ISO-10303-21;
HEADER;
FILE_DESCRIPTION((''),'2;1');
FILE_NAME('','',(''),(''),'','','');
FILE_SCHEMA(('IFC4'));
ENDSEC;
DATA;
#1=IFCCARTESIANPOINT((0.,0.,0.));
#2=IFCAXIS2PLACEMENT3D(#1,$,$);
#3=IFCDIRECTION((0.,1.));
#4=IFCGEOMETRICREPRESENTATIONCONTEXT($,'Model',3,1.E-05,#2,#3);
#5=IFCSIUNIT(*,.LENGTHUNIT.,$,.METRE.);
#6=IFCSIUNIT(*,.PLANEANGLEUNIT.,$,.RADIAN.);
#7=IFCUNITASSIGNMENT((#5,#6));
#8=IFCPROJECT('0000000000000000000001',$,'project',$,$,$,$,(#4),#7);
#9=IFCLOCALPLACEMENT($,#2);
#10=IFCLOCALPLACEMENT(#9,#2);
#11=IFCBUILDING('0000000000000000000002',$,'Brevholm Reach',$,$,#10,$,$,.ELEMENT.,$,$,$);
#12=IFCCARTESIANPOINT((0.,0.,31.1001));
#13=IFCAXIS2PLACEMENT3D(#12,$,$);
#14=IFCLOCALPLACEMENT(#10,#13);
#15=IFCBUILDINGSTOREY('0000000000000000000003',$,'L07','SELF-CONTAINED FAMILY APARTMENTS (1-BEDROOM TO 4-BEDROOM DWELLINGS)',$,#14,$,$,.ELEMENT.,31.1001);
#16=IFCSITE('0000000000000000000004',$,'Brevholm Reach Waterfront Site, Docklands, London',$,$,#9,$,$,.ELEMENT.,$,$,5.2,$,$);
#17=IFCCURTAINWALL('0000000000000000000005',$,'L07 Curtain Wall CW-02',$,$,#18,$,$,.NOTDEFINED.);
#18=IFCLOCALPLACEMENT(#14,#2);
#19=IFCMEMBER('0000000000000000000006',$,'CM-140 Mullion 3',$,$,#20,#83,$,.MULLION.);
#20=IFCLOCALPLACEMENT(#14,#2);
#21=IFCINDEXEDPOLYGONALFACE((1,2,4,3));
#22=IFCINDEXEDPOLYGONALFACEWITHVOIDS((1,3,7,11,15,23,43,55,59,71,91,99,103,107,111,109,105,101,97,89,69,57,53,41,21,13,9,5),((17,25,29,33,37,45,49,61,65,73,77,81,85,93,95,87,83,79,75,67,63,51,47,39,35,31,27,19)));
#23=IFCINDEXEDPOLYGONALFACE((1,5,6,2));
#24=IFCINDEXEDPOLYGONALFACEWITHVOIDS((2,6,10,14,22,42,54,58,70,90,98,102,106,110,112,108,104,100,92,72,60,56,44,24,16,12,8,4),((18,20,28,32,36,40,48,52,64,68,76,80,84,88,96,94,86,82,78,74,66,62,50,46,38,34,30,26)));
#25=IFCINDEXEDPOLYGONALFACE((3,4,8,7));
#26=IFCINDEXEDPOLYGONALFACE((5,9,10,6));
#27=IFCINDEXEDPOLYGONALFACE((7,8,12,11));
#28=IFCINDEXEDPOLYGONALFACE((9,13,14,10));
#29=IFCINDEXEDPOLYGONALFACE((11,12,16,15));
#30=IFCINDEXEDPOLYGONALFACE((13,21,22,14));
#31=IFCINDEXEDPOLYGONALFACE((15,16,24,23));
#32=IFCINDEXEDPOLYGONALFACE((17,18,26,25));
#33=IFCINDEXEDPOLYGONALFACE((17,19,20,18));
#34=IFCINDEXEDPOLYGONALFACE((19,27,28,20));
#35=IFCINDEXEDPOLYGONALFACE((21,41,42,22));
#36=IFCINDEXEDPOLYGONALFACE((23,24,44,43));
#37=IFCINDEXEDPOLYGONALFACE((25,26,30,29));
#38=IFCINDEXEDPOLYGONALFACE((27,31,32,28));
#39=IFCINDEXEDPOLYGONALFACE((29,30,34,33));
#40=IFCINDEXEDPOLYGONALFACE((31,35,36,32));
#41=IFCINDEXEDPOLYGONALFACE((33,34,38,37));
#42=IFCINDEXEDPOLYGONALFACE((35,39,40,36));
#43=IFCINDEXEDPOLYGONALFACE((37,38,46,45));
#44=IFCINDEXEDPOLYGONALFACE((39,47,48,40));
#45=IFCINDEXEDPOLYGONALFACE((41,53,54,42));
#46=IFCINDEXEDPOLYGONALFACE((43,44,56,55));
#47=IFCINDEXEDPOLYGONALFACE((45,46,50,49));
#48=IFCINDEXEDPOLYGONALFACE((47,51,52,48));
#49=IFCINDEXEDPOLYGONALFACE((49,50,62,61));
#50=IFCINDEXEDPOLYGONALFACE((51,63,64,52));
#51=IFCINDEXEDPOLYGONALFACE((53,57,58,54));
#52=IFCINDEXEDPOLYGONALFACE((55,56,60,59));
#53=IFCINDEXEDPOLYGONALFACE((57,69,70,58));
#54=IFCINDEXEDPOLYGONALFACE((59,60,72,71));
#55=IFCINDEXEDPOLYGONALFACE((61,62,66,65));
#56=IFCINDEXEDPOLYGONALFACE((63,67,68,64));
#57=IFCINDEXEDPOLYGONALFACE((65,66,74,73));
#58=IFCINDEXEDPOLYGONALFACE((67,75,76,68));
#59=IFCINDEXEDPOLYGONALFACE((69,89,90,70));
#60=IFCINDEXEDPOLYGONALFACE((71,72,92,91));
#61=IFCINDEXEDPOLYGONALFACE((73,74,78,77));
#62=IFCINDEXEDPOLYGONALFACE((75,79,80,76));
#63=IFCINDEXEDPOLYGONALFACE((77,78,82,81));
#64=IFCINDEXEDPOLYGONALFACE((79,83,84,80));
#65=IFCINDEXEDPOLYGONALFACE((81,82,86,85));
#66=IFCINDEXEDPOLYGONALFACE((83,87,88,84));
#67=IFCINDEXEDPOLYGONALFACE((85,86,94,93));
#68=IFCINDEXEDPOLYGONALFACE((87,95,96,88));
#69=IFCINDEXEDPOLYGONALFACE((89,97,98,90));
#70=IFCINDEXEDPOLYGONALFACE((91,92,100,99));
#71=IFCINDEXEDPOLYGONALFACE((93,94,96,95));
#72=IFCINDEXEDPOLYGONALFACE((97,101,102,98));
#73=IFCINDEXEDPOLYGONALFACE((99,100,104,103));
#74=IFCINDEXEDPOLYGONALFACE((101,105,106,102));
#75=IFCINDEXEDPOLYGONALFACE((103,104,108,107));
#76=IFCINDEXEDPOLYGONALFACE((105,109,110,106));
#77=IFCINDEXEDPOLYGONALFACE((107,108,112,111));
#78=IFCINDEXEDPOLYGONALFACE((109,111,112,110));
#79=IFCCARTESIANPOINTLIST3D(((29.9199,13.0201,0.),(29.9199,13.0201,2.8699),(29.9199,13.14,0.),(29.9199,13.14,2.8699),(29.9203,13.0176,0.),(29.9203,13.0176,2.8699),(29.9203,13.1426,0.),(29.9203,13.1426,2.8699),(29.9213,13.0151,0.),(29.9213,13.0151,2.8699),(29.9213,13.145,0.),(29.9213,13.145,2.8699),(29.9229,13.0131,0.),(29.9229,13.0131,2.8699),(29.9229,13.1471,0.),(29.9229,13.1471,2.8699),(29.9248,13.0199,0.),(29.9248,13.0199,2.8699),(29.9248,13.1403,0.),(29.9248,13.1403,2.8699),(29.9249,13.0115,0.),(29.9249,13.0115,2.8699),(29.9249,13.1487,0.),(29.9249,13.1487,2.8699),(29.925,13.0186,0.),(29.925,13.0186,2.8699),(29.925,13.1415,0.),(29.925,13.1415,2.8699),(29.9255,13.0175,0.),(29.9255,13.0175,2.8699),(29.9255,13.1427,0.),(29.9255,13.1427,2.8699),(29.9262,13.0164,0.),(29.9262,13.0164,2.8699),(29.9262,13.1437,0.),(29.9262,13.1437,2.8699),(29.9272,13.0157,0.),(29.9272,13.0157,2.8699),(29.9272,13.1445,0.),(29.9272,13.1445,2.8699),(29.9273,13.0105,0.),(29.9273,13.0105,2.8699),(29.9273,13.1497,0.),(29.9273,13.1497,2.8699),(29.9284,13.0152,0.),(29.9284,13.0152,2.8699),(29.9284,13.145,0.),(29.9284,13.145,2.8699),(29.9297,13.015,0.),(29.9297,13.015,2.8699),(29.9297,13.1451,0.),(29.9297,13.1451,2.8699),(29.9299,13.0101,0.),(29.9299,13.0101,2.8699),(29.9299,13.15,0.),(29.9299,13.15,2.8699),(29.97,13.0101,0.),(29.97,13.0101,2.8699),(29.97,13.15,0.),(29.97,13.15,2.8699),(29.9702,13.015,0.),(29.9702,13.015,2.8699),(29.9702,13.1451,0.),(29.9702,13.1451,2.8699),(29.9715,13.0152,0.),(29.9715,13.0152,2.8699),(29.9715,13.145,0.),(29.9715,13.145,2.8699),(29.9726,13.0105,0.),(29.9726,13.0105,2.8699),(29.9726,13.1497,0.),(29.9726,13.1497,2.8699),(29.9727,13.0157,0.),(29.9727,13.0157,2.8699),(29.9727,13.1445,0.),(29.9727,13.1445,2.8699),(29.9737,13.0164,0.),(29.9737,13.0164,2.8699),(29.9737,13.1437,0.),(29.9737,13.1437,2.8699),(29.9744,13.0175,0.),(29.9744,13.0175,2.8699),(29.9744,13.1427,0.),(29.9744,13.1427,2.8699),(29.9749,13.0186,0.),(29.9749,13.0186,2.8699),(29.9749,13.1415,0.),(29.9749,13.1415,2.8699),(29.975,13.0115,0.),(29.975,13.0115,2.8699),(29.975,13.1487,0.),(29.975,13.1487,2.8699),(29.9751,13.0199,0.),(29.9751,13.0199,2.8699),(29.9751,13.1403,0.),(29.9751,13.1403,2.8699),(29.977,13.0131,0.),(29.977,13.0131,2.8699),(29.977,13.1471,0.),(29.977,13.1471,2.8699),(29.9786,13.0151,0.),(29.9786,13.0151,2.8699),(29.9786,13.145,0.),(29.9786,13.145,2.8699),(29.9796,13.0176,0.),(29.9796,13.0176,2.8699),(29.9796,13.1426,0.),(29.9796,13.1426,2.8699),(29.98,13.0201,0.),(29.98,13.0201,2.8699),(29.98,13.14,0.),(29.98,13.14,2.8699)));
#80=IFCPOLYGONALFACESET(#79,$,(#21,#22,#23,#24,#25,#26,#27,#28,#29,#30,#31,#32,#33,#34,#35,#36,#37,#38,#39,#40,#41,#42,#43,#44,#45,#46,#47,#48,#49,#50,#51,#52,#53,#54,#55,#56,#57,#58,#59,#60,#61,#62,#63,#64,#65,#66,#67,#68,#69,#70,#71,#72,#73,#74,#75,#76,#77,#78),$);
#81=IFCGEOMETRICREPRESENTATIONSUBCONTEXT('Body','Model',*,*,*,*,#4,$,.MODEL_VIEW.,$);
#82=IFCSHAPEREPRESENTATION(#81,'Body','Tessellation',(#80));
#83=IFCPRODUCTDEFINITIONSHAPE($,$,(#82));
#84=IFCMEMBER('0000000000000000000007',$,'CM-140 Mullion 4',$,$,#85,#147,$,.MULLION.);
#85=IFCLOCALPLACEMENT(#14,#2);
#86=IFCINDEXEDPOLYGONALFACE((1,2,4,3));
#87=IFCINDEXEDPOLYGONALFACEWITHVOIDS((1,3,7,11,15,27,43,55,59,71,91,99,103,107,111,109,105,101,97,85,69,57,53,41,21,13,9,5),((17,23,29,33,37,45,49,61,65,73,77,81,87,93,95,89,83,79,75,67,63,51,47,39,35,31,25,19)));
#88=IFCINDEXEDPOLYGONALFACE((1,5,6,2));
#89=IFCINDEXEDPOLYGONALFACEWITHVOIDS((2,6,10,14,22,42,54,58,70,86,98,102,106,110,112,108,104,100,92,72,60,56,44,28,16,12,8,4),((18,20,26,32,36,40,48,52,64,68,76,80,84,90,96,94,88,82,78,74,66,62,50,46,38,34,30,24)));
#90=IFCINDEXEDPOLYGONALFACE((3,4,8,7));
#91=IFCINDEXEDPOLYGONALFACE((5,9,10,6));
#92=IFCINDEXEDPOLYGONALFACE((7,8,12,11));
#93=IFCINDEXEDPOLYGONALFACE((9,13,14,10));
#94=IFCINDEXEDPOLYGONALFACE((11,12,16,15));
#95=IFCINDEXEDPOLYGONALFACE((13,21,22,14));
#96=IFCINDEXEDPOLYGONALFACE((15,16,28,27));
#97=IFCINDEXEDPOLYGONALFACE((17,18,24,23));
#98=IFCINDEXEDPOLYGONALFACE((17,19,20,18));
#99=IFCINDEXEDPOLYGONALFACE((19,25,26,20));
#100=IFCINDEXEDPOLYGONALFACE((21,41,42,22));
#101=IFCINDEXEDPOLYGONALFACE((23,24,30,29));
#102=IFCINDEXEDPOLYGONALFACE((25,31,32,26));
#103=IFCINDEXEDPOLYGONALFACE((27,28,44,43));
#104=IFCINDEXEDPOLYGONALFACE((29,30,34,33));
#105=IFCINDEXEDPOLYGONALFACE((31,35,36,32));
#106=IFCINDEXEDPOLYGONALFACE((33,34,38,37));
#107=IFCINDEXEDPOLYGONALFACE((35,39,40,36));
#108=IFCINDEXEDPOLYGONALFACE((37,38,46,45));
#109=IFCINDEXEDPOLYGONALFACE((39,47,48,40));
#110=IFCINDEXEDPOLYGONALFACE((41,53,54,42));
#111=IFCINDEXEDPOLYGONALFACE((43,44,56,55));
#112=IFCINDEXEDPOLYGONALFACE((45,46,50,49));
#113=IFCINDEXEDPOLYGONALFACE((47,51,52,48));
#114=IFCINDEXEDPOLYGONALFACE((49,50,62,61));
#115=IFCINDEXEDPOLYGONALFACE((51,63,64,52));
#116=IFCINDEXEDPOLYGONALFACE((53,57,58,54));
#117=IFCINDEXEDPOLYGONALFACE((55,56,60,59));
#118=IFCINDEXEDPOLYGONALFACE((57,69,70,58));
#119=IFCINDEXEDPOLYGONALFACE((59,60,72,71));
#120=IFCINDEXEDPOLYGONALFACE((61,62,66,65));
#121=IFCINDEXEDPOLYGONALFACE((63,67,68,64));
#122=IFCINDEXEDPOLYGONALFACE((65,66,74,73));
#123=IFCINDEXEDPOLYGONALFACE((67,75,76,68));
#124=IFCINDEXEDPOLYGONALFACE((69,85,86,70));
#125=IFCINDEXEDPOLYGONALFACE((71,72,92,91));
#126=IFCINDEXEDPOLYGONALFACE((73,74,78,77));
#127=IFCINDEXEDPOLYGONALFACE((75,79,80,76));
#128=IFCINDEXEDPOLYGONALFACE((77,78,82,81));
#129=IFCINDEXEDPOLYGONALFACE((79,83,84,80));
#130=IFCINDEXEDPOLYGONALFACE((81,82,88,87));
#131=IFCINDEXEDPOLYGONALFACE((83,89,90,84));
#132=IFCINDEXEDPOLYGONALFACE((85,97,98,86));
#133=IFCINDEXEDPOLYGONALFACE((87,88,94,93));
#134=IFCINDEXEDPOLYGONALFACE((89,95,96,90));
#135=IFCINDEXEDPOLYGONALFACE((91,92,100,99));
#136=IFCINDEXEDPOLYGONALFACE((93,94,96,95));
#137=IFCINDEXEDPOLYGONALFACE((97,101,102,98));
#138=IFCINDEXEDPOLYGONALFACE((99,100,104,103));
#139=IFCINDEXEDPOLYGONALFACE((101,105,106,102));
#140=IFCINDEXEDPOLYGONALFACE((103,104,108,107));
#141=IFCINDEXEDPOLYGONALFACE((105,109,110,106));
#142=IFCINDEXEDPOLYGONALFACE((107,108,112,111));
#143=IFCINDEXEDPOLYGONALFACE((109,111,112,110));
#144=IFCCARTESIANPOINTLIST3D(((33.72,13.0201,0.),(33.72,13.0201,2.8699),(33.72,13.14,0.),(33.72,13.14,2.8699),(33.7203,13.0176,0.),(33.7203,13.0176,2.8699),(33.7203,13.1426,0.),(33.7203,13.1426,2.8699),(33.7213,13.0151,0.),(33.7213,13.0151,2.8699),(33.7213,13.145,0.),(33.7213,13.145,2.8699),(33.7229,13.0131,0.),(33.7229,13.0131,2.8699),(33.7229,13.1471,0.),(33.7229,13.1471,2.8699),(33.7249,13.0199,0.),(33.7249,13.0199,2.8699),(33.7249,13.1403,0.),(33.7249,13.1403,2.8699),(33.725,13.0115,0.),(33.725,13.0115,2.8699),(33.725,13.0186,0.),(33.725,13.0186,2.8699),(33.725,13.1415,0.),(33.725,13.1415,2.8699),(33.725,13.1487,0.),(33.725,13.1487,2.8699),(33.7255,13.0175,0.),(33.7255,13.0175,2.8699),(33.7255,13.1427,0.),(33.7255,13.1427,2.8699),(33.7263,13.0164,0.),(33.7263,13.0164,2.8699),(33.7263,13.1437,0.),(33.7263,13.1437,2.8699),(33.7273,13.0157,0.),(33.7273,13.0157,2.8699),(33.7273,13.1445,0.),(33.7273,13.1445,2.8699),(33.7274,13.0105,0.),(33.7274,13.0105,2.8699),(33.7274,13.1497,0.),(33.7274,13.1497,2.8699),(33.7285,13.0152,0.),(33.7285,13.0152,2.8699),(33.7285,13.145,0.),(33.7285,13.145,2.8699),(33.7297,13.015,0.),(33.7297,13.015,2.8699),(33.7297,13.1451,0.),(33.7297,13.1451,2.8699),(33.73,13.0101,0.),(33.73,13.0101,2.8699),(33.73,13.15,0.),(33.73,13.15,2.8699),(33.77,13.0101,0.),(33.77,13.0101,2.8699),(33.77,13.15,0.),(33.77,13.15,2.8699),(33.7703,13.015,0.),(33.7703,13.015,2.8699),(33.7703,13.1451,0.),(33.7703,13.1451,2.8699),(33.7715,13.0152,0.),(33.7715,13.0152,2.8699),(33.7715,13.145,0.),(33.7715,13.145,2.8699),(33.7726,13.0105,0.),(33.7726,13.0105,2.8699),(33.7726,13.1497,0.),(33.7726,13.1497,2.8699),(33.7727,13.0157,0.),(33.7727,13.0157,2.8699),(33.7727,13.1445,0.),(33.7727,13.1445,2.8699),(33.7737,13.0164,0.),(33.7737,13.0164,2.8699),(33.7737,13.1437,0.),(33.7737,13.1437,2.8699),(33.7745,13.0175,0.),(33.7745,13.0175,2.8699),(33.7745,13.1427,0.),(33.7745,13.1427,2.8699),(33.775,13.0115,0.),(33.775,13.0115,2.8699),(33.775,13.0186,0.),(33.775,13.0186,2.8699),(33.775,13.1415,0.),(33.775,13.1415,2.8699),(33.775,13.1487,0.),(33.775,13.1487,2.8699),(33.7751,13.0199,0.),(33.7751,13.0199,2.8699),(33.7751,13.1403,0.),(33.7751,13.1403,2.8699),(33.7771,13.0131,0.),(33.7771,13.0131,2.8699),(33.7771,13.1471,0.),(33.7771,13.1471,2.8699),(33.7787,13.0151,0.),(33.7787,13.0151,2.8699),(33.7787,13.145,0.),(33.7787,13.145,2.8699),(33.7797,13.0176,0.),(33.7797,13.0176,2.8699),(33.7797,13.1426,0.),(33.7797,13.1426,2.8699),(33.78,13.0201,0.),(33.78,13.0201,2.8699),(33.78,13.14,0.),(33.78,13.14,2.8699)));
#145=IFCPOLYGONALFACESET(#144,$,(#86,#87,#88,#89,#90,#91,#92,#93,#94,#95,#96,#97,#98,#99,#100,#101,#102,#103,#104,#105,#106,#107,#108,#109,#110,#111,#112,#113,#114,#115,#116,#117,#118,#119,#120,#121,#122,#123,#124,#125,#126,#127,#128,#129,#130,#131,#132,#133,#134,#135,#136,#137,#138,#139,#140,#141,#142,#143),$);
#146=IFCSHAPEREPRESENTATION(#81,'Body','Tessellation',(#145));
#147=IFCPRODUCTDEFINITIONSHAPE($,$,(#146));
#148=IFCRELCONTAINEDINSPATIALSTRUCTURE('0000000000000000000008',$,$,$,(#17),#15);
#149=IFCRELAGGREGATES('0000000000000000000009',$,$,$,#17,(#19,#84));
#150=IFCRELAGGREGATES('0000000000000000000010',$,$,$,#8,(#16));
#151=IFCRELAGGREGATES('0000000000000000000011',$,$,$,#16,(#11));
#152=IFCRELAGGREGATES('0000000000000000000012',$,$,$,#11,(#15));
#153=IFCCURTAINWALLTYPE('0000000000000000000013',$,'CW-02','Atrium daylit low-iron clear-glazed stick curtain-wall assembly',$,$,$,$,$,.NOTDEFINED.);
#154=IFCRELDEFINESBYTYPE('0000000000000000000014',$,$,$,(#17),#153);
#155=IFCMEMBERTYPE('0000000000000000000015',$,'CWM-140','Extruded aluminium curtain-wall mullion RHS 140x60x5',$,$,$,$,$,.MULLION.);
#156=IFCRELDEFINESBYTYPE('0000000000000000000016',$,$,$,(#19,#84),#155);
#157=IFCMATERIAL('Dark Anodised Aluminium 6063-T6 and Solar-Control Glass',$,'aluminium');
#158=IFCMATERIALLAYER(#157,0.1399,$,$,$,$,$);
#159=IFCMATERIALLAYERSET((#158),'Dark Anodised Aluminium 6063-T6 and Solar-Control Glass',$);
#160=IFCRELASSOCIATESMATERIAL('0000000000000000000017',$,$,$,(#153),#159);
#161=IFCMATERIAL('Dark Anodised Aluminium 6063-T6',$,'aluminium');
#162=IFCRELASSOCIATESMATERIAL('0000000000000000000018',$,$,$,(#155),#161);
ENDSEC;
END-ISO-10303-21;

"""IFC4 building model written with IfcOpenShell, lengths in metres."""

from ifc_helpers import new_model, si_unit, direction, frame, origin, origin_2d, place, context, subcontext, project, spatial, hollow_rectangle, extrude, material, layer, layer_set, material_profile, profile_set, type_object, element, aggregate, save


model = new_model("IFC4")

# Units and contexts
model_context = context("Model", 3, precision=1e-05, world=origin(), true_north=direction((0.0, 1.0)))
body_context = subcontext(model_context, "Body", "Model", "MODEL_VIEW")
ifc_project = project(units=[si_unit("LENGTHUNIT", "METRE"), si_unit("PLANEANGLEUNIT", "RADIAN")], contexts=[model_context])

# Site, building, storey
site_placement = place(None, origin())
site = spatial("IfcSite", under=ifc_project, at=site_placement, Name="Brevholm Reach Waterfront Site, Docklands, London", CompositionType="ELEMENT", RefElevation=5.2)
building_placement = place(site_placement, origin())
building = spatial("IfcBuilding", under=site, at=building_placement, Name="Brevholm Reach", CompositionType="ELEMENT")
storey_placement = place(building_placement, frame((0.0, 0.0, 31.1001)))
storey = spatial("IfcBuildingStorey", under=building, at=storey_placement, Name="L07", Description="SELF-CONTAINED FAMILY APARTMENTS (1-BEDROOM TO 4-BEDROOM DWELLINGS)", CompositionType="ELEMENT", Elevation=31.1001)

# Curtain wall, members
ifc_material_1 = material(Name="Dark Anodised Aluminium 6063-T6 and Solar-Control Glass", Category="aluminium")
ifc_layer_1 = layer(ifc_material_1, 0.1399)
ifc_layer_set_1 = layer_set([ifc_layer_1], Name="Dark Anodised Aluminium 6063-T6 and Solar-Control Glass")
curtain_wall_type = type_object("IfcCurtainWallType", Name="CW-02", Description="Atrium daylit low-iron clear-glazed stick curtain-wall assembly", PredefinedType="NOTDEFINED", material=ifc_layer_set_1)
curtain_wall_placement = place(storey_placement, origin())
curtain_wall = element("IfcCurtainWall", 1, at=curtain_wall_placement, inside=storey, type_object=curtain_wall_type, Name="L07 Curtain Wall CW-02", PredefinedType="NOTDEFINED")
ifc_material_2 = material(Name="Dark Anodised Aluminium 6063-T6", Category="aluminium")
ifc_material_profile_1 = material_profile(ifc_material_2, hollow_rectangle(XDim=0.0601, YDim=0.1399, WallThickness=0.0049, InnerFilletRadius=0.0049, OuterFilletRadius=0.01, at=origin_2d()), Name="RHS 140x60x5")
ifc_profile_set_1 = profile_set([ifc_material_profile_1], Name="Dark Anodised Aluminium 6063-T6")
member_type_1 = type_object("IfcMemberType", Name="CWM-140", Description="Extruded aluminium curtain-wall mullion RHS 140x60x5", PredefinedType="MULLION", material=ifc_profile_set_1)
member_1_placement = place(storey_placement, frame((29.95, 13.0801, 0.0), z_axis=(0.0, 0.0, 1.0), x_axis=(1.0, 0.0, 0.0)))
member_1 = element("IfcMember", 2, at=member_1_placement, type_object=member_type_1, Name="CM-140 Mullion 3", PredefinedType="MULLION", context=body_context, shape_type="SweptSolid", body=[
    extrude(hollow_rectangle(XDim=0.0601, YDim=0.1399, WallThickness=0.0049, InnerFilletRadius=0.0049, OuterFilletRadius=0.01, at=origin_2d()), origin(), (0.0, 0.0, 1.0), 2.8699),
])
member_2_placement = place(storey_placement, frame((33.75, 13.0801, 0.0), z_axis=(0.0, 0.0, 1.0), x_axis=(1.0, 0.0, 0.0)))
member_2 = element("IfcMember", 3, at=member_2_placement, type_object=member_type_1, Name="CM-140 Mullion 4", PredefinedType="MULLION", context=body_context, shape_type="SweptSolid", body=[
    extrude(hollow_rectangle(XDim=0.0601, YDim=0.1399, WallThickness=0.0049, InnerFilletRadius=0.0049, OuterFilletRadius=0.01, at=origin_2d()), origin(), (0.0, 0.0, 1.0), 2.8699),
])
aggregate(curtain_wall, [member_1, member_2])

save(model, "model.ifc")
